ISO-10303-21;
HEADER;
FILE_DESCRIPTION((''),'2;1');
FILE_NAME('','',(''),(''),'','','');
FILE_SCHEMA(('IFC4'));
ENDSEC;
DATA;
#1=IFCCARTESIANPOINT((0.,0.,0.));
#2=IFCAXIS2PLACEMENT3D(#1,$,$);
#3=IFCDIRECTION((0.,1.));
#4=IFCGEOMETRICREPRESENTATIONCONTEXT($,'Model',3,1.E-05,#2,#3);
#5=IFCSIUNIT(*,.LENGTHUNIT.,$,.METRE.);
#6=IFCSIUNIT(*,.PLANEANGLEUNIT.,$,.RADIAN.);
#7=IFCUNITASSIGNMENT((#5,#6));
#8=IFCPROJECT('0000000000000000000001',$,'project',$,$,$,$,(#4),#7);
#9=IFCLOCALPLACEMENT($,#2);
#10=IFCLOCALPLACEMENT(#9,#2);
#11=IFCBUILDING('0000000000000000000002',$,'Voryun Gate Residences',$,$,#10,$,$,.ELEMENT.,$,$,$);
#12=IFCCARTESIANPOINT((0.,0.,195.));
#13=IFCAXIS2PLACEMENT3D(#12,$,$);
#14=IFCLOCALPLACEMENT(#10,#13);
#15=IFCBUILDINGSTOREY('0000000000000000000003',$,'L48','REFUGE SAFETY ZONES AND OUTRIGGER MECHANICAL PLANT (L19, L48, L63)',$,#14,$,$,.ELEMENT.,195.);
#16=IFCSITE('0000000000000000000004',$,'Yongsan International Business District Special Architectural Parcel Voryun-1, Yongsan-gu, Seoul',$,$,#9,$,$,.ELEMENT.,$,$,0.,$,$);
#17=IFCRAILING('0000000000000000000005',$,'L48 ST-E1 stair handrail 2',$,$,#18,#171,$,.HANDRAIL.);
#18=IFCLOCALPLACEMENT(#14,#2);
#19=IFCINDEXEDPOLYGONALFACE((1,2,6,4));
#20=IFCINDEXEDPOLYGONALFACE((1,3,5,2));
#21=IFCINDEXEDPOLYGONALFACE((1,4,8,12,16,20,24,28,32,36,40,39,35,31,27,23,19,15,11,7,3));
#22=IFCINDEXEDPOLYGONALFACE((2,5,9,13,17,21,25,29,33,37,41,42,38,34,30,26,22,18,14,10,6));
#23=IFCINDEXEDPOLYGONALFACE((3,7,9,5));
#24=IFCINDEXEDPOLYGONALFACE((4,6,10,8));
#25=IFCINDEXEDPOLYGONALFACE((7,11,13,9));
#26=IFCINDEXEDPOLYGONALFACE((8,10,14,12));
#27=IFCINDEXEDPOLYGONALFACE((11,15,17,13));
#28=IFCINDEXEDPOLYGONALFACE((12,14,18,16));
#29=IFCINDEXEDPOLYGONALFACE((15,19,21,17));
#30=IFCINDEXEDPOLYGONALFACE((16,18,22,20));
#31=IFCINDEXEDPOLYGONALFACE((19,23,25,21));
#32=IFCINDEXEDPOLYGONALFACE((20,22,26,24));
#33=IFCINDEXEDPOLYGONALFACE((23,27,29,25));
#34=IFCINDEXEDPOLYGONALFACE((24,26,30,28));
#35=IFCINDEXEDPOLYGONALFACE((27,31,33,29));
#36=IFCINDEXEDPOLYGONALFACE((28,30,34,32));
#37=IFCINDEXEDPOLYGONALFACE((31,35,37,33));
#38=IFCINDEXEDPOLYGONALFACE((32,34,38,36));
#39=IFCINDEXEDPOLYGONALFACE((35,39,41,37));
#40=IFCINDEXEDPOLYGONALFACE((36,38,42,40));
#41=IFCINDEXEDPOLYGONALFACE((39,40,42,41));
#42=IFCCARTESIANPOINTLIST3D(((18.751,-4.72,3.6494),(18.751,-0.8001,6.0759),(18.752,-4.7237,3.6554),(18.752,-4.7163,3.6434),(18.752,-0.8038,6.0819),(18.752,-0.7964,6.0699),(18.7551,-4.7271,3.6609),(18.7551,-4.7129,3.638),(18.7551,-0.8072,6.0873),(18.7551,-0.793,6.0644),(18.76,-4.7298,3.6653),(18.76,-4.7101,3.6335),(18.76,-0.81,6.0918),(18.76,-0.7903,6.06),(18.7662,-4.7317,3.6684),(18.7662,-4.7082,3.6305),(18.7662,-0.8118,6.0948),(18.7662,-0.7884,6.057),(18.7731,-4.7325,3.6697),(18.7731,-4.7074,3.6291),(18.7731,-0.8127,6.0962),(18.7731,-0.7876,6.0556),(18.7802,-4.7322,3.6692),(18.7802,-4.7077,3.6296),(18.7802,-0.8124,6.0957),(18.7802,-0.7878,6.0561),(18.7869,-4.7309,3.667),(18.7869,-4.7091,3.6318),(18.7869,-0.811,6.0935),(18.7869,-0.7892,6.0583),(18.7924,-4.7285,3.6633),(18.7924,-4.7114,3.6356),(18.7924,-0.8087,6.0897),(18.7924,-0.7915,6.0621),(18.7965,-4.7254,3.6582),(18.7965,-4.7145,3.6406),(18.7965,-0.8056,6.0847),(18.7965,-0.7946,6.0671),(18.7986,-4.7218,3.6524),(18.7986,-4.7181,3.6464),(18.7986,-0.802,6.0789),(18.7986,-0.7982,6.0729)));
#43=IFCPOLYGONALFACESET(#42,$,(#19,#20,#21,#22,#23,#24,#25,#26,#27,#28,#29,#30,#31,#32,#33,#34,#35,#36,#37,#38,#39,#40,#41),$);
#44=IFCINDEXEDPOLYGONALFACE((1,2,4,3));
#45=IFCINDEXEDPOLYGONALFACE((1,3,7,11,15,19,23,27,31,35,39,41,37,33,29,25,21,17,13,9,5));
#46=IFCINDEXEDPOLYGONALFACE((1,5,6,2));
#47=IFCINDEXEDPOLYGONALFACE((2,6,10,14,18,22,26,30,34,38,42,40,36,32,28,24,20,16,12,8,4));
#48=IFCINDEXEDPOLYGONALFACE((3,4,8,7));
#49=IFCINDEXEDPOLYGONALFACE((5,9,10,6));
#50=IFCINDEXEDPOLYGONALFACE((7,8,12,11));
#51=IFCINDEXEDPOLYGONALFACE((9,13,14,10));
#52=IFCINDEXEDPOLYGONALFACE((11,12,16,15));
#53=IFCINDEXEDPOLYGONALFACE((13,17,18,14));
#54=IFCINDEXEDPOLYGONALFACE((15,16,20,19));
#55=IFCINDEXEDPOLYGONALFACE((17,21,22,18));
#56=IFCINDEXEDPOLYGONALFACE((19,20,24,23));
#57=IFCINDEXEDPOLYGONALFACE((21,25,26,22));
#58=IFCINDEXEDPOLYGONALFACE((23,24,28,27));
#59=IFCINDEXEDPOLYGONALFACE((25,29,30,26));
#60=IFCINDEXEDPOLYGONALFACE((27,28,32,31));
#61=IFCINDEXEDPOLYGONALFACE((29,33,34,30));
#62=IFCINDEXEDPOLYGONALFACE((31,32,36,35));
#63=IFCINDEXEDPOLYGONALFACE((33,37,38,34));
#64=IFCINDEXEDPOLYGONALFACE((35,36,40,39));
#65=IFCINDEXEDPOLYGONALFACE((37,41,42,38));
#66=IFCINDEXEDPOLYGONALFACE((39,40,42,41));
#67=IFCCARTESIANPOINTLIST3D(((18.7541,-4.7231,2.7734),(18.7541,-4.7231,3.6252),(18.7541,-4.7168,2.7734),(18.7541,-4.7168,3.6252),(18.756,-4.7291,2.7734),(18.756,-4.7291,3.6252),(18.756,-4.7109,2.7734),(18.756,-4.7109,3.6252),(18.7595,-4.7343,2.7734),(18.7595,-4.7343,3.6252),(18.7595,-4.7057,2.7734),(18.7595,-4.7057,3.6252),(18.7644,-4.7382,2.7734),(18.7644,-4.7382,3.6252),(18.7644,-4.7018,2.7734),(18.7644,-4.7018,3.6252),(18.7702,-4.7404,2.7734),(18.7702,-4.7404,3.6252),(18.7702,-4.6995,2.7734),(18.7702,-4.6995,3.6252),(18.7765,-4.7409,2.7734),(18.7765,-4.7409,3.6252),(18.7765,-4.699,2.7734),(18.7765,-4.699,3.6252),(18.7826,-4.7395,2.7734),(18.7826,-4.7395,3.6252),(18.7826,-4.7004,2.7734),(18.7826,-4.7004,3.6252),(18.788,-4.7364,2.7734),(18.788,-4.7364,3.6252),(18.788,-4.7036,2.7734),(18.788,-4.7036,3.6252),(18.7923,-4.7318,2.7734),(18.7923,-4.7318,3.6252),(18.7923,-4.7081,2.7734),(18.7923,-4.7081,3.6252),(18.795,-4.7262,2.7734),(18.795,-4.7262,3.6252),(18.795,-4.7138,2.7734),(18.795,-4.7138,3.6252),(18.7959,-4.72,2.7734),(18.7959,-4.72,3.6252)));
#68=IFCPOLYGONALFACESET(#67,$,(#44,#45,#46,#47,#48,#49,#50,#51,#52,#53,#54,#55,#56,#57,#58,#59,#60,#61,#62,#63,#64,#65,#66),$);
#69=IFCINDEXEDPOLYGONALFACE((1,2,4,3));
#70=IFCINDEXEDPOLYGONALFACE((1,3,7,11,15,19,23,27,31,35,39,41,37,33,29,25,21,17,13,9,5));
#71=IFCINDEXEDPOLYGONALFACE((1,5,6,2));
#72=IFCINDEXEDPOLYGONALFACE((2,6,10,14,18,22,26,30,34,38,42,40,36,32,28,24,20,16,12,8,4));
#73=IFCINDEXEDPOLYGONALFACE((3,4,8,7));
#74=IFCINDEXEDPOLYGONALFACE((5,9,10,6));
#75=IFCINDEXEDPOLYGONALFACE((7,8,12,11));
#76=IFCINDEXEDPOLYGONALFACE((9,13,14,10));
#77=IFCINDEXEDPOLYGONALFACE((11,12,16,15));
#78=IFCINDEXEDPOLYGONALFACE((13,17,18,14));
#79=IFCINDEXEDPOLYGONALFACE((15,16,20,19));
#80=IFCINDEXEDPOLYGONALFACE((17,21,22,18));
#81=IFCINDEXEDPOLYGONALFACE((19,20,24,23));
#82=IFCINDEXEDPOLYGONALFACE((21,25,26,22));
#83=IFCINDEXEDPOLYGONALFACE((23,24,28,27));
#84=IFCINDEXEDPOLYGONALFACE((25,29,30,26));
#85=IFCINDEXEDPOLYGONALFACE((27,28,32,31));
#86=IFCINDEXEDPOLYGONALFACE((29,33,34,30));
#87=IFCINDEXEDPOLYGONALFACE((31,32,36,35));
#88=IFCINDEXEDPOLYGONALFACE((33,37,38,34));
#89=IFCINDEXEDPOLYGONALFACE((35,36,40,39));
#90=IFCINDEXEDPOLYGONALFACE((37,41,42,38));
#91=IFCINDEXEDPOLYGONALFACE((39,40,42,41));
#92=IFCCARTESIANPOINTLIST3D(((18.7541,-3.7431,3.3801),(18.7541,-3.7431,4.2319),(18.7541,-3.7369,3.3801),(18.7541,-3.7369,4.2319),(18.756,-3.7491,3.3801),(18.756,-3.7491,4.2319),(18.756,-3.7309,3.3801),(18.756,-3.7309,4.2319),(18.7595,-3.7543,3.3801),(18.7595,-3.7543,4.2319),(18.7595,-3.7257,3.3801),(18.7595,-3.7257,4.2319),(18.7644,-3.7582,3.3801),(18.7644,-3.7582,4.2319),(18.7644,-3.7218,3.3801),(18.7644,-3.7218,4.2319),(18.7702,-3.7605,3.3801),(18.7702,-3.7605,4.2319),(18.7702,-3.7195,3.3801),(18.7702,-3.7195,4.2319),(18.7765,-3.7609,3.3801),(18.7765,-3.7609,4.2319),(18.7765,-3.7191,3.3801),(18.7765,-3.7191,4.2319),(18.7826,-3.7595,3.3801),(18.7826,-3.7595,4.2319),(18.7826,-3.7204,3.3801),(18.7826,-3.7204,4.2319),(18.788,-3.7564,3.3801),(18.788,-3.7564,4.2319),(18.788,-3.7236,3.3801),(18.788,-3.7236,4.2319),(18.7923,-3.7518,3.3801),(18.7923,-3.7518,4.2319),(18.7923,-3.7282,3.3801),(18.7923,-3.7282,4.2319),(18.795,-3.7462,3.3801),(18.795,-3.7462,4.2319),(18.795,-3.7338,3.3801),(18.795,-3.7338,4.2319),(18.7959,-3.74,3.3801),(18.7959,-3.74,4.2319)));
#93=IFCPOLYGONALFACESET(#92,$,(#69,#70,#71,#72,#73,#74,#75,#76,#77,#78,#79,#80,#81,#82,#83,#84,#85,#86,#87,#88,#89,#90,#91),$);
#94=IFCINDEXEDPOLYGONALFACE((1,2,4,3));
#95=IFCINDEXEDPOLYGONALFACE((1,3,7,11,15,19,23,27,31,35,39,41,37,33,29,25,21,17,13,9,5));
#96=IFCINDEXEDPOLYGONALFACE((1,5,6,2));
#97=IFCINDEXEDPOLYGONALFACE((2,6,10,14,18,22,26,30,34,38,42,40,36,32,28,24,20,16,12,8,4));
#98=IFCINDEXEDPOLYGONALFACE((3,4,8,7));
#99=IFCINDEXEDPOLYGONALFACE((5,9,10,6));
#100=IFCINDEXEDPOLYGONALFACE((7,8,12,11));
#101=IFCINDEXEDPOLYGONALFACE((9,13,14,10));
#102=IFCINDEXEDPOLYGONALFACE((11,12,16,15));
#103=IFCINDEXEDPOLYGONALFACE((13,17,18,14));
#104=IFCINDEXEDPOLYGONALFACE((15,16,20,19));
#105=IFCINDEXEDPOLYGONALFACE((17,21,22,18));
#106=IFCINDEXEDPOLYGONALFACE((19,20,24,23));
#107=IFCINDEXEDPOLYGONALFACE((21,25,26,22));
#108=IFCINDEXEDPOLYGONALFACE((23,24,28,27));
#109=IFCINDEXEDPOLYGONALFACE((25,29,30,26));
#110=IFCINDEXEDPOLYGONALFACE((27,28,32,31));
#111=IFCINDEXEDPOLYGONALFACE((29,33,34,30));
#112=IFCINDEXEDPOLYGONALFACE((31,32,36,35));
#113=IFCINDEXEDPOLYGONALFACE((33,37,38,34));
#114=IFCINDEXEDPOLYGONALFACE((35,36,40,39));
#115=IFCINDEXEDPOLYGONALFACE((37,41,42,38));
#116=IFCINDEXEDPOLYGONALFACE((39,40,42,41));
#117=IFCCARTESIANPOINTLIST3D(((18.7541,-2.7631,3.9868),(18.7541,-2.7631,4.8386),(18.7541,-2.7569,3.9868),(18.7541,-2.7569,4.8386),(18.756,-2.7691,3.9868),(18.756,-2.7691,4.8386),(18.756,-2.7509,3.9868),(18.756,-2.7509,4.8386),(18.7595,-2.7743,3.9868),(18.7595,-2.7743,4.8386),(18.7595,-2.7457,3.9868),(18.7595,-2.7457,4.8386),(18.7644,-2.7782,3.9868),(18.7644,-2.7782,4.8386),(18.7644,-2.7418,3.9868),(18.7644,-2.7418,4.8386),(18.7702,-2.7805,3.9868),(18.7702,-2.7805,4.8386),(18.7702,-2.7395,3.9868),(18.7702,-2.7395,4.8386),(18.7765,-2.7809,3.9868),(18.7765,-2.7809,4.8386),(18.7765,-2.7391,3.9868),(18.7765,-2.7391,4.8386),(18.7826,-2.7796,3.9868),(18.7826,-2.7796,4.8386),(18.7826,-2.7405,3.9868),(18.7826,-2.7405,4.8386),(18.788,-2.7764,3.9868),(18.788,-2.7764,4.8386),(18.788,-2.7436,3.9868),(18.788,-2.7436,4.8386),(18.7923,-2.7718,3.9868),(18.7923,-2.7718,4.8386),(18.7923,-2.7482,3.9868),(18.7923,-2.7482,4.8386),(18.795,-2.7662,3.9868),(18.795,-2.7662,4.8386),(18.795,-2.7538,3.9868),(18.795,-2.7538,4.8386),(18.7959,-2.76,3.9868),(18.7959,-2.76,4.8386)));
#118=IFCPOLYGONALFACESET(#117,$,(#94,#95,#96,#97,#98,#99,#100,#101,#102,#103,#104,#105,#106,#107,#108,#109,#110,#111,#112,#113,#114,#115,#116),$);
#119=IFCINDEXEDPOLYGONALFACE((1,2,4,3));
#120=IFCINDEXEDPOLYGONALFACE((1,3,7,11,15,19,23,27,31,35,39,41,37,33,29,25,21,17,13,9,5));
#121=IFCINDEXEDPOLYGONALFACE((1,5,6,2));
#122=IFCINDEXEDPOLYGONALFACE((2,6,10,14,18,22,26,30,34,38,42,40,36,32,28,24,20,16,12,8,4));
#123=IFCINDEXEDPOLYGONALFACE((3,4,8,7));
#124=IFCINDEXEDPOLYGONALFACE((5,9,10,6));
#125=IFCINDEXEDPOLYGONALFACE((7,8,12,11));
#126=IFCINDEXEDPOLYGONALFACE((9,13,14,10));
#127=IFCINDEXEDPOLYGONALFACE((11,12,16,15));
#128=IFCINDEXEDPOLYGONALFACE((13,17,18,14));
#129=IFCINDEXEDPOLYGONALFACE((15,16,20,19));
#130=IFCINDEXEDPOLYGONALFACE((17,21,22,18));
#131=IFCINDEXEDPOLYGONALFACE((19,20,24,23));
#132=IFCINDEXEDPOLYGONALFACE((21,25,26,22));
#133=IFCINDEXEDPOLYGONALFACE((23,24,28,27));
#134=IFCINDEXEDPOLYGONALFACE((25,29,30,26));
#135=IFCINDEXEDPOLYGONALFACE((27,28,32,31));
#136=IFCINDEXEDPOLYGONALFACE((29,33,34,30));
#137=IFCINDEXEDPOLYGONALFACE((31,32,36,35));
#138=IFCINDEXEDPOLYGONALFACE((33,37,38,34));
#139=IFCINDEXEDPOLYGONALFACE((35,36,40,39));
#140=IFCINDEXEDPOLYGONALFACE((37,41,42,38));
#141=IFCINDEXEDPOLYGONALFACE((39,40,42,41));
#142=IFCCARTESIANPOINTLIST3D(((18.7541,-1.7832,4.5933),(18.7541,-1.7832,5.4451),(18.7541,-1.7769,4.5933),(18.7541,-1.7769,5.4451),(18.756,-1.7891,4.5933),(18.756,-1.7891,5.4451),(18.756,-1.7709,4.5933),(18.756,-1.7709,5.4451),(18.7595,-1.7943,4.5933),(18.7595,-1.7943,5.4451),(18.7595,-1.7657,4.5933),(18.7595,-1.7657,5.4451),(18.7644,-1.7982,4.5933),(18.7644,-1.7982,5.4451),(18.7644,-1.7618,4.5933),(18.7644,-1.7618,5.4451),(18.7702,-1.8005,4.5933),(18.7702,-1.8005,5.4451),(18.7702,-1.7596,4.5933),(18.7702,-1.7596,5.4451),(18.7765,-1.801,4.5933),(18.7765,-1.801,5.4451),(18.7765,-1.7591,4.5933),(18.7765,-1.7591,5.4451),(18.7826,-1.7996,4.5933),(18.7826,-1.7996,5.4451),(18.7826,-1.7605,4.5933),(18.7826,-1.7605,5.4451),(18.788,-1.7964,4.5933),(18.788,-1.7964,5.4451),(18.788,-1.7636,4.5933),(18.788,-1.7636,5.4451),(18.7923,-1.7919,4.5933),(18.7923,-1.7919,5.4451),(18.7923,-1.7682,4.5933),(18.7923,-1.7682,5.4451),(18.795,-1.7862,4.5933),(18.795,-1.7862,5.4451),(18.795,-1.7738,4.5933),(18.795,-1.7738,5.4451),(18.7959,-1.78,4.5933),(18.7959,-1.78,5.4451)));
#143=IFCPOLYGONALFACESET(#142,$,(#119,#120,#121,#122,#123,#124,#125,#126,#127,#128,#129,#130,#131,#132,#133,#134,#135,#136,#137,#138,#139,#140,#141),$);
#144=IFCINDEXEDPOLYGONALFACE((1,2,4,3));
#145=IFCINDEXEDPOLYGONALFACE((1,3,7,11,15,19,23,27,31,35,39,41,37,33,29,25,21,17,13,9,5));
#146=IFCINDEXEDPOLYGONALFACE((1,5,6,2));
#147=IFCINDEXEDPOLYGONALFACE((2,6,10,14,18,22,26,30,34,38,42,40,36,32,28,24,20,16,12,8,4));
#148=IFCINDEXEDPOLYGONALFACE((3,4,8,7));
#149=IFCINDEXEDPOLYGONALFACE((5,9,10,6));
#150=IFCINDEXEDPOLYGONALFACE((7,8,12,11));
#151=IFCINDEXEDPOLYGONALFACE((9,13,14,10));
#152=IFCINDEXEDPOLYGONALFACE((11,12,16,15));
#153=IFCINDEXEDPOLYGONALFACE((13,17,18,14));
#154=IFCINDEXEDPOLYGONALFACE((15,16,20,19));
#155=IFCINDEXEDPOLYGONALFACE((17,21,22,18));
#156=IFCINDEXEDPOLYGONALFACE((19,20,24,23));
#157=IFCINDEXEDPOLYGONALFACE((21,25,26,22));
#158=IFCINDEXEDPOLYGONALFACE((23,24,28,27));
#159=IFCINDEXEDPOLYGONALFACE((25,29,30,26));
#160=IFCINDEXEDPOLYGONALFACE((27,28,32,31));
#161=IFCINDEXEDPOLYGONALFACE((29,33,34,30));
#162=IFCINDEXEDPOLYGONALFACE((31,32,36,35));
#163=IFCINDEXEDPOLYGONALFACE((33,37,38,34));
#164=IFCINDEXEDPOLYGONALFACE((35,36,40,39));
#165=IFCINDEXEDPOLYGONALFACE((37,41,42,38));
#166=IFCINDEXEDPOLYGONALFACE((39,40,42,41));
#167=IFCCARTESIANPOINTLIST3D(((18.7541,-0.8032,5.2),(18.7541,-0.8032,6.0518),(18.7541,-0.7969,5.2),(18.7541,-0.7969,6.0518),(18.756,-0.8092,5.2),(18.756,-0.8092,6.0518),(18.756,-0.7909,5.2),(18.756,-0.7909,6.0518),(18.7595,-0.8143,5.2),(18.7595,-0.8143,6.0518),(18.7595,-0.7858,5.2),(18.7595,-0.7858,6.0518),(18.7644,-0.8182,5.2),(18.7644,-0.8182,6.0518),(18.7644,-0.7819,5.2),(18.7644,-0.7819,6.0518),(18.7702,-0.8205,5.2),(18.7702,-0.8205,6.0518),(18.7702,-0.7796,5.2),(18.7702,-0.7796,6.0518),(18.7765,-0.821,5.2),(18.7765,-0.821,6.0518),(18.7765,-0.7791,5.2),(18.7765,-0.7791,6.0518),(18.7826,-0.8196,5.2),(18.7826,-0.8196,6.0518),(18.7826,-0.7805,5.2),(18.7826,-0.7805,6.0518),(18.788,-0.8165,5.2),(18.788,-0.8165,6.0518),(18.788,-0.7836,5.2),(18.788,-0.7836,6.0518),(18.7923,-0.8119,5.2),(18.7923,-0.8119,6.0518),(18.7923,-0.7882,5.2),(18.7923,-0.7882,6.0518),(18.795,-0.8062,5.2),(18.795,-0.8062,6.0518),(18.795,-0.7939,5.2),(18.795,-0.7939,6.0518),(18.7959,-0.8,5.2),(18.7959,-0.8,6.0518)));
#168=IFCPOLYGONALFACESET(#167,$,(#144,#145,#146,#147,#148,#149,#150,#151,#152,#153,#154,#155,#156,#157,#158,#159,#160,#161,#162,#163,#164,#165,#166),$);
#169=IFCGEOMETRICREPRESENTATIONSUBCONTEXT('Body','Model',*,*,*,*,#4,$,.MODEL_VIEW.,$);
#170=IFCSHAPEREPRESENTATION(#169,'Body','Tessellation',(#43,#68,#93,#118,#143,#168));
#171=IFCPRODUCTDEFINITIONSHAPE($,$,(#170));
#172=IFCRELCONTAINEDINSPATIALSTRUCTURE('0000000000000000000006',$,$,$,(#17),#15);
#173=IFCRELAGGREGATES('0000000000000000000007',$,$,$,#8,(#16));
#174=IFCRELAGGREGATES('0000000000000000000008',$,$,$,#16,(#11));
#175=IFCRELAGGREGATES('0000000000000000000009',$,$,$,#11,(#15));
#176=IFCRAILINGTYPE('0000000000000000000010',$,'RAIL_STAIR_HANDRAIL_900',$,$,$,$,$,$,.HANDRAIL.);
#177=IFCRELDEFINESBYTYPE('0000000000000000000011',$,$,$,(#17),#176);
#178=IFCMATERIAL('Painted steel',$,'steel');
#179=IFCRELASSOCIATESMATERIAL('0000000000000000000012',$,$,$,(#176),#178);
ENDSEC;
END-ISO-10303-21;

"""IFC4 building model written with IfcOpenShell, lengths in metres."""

from ifc_helpers import new_model, si_unit, direction, frame, origin, origin_2d, place, context, subcontext, project, spatial, circle, extrude, material, type_object, element, save


model = new_model("IFC4")

# Units and contexts
model_context = context("Model", 3, precision=1e-05, world=origin(), true_north=direction((0.0, 1.0)))
body_context = subcontext(model_context, "Body", "Model", "MODEL_VIEW")
ifc_project = project(units=[si_unit("LENGTHUNIT", "METRE"), si_unit("PLANEANGLEUNIT", "RADIAN")], contexts=[model_context])

# Site, building, storey
site_placement = place(None, origin())
site = spatial("IfcSite", under=ifc_project, at=site_placement, Name="Yongsan International Business District Special Architectural Parcel Voryun-1, Yongsan-gu, Seoul", CompositionType="ELEMENT", RefElevation=0.0)
building_placement = place(site_placement, origin())
building = spatial("IfcBuilding", under=site, at=building_placement, Name="Voryun Gate Residences", CompositionType="ELEMENT")
storey_placement = place(building_placement, frame((0.0, 0.0, 195.0)))
storey = spatial("IfcBuildingStorey", under=building, at=storey_placement, Name="L48", Description="REFUGE SAFETY ZONES AND OUTRIGGER MECHANICAL PLANT (L19, L48, L63)", CompositionType="ELEMENT", Elevation=195.0)

# Railing
ifc_material_1 = material(Name="Painted steel", Category="steel")
railing_type_1 = type_object("IfcRailingType", Name="RAIL_STAIR_HANDRAIL_900", PredefinedType="HANDRAIL", material=ifc_material_1)
railing_1_placement = place(storey_placement, frame((18.7749, -4.72, 2.7734)))
element("IfcRailing", 1, at=railing_1_placement, inside=storey, type_object=railing_type_1, Name="L48 ST-E1 stair handrail 2", PredefinedType="HANDRAIL", context=body_context, shape_type="SweptSolid", body=[
    extrude(circle(Radius=0.0239, at=origin_2d()), frame((0.0, 0.0, 0.876), z_axis=(0.0, 0.850275, 0.526338), x_axis=(-1.0, 0.0, 0.0)), (0.0, 0.0, 1.0), 4.6101),
    extrude(circle(Radius=0.021, at=origin_2d()), origin(), (0.0, 0.0, 1.0), 0.8518),
    extrude(circle(Radius=0.021, at=origin_2d()), frame((0.0, 0.98, 0.6067)), (0.0, 0.0, 1.0), 0.8518),
    extrude(circle(Radius=0.021, at=origin_2d()), frame((0.0, 1.96, 1.2134)), (0.0, 0.0, 1.0), 0.8518),
    extrude(circle(Radius=0.021, at=origin_2d()), frame((0.0, 2.9399, 1.8198)), (0.0, 0.0, 1.0), 0.8518),
    extrude(circle(Radius=0.021, at=origin_2d()), frame((0.0, 3.9199, 2.4265)), (0.0, 0.0, 1.0), 0.8518),
])

save(model, "model.ifc")
